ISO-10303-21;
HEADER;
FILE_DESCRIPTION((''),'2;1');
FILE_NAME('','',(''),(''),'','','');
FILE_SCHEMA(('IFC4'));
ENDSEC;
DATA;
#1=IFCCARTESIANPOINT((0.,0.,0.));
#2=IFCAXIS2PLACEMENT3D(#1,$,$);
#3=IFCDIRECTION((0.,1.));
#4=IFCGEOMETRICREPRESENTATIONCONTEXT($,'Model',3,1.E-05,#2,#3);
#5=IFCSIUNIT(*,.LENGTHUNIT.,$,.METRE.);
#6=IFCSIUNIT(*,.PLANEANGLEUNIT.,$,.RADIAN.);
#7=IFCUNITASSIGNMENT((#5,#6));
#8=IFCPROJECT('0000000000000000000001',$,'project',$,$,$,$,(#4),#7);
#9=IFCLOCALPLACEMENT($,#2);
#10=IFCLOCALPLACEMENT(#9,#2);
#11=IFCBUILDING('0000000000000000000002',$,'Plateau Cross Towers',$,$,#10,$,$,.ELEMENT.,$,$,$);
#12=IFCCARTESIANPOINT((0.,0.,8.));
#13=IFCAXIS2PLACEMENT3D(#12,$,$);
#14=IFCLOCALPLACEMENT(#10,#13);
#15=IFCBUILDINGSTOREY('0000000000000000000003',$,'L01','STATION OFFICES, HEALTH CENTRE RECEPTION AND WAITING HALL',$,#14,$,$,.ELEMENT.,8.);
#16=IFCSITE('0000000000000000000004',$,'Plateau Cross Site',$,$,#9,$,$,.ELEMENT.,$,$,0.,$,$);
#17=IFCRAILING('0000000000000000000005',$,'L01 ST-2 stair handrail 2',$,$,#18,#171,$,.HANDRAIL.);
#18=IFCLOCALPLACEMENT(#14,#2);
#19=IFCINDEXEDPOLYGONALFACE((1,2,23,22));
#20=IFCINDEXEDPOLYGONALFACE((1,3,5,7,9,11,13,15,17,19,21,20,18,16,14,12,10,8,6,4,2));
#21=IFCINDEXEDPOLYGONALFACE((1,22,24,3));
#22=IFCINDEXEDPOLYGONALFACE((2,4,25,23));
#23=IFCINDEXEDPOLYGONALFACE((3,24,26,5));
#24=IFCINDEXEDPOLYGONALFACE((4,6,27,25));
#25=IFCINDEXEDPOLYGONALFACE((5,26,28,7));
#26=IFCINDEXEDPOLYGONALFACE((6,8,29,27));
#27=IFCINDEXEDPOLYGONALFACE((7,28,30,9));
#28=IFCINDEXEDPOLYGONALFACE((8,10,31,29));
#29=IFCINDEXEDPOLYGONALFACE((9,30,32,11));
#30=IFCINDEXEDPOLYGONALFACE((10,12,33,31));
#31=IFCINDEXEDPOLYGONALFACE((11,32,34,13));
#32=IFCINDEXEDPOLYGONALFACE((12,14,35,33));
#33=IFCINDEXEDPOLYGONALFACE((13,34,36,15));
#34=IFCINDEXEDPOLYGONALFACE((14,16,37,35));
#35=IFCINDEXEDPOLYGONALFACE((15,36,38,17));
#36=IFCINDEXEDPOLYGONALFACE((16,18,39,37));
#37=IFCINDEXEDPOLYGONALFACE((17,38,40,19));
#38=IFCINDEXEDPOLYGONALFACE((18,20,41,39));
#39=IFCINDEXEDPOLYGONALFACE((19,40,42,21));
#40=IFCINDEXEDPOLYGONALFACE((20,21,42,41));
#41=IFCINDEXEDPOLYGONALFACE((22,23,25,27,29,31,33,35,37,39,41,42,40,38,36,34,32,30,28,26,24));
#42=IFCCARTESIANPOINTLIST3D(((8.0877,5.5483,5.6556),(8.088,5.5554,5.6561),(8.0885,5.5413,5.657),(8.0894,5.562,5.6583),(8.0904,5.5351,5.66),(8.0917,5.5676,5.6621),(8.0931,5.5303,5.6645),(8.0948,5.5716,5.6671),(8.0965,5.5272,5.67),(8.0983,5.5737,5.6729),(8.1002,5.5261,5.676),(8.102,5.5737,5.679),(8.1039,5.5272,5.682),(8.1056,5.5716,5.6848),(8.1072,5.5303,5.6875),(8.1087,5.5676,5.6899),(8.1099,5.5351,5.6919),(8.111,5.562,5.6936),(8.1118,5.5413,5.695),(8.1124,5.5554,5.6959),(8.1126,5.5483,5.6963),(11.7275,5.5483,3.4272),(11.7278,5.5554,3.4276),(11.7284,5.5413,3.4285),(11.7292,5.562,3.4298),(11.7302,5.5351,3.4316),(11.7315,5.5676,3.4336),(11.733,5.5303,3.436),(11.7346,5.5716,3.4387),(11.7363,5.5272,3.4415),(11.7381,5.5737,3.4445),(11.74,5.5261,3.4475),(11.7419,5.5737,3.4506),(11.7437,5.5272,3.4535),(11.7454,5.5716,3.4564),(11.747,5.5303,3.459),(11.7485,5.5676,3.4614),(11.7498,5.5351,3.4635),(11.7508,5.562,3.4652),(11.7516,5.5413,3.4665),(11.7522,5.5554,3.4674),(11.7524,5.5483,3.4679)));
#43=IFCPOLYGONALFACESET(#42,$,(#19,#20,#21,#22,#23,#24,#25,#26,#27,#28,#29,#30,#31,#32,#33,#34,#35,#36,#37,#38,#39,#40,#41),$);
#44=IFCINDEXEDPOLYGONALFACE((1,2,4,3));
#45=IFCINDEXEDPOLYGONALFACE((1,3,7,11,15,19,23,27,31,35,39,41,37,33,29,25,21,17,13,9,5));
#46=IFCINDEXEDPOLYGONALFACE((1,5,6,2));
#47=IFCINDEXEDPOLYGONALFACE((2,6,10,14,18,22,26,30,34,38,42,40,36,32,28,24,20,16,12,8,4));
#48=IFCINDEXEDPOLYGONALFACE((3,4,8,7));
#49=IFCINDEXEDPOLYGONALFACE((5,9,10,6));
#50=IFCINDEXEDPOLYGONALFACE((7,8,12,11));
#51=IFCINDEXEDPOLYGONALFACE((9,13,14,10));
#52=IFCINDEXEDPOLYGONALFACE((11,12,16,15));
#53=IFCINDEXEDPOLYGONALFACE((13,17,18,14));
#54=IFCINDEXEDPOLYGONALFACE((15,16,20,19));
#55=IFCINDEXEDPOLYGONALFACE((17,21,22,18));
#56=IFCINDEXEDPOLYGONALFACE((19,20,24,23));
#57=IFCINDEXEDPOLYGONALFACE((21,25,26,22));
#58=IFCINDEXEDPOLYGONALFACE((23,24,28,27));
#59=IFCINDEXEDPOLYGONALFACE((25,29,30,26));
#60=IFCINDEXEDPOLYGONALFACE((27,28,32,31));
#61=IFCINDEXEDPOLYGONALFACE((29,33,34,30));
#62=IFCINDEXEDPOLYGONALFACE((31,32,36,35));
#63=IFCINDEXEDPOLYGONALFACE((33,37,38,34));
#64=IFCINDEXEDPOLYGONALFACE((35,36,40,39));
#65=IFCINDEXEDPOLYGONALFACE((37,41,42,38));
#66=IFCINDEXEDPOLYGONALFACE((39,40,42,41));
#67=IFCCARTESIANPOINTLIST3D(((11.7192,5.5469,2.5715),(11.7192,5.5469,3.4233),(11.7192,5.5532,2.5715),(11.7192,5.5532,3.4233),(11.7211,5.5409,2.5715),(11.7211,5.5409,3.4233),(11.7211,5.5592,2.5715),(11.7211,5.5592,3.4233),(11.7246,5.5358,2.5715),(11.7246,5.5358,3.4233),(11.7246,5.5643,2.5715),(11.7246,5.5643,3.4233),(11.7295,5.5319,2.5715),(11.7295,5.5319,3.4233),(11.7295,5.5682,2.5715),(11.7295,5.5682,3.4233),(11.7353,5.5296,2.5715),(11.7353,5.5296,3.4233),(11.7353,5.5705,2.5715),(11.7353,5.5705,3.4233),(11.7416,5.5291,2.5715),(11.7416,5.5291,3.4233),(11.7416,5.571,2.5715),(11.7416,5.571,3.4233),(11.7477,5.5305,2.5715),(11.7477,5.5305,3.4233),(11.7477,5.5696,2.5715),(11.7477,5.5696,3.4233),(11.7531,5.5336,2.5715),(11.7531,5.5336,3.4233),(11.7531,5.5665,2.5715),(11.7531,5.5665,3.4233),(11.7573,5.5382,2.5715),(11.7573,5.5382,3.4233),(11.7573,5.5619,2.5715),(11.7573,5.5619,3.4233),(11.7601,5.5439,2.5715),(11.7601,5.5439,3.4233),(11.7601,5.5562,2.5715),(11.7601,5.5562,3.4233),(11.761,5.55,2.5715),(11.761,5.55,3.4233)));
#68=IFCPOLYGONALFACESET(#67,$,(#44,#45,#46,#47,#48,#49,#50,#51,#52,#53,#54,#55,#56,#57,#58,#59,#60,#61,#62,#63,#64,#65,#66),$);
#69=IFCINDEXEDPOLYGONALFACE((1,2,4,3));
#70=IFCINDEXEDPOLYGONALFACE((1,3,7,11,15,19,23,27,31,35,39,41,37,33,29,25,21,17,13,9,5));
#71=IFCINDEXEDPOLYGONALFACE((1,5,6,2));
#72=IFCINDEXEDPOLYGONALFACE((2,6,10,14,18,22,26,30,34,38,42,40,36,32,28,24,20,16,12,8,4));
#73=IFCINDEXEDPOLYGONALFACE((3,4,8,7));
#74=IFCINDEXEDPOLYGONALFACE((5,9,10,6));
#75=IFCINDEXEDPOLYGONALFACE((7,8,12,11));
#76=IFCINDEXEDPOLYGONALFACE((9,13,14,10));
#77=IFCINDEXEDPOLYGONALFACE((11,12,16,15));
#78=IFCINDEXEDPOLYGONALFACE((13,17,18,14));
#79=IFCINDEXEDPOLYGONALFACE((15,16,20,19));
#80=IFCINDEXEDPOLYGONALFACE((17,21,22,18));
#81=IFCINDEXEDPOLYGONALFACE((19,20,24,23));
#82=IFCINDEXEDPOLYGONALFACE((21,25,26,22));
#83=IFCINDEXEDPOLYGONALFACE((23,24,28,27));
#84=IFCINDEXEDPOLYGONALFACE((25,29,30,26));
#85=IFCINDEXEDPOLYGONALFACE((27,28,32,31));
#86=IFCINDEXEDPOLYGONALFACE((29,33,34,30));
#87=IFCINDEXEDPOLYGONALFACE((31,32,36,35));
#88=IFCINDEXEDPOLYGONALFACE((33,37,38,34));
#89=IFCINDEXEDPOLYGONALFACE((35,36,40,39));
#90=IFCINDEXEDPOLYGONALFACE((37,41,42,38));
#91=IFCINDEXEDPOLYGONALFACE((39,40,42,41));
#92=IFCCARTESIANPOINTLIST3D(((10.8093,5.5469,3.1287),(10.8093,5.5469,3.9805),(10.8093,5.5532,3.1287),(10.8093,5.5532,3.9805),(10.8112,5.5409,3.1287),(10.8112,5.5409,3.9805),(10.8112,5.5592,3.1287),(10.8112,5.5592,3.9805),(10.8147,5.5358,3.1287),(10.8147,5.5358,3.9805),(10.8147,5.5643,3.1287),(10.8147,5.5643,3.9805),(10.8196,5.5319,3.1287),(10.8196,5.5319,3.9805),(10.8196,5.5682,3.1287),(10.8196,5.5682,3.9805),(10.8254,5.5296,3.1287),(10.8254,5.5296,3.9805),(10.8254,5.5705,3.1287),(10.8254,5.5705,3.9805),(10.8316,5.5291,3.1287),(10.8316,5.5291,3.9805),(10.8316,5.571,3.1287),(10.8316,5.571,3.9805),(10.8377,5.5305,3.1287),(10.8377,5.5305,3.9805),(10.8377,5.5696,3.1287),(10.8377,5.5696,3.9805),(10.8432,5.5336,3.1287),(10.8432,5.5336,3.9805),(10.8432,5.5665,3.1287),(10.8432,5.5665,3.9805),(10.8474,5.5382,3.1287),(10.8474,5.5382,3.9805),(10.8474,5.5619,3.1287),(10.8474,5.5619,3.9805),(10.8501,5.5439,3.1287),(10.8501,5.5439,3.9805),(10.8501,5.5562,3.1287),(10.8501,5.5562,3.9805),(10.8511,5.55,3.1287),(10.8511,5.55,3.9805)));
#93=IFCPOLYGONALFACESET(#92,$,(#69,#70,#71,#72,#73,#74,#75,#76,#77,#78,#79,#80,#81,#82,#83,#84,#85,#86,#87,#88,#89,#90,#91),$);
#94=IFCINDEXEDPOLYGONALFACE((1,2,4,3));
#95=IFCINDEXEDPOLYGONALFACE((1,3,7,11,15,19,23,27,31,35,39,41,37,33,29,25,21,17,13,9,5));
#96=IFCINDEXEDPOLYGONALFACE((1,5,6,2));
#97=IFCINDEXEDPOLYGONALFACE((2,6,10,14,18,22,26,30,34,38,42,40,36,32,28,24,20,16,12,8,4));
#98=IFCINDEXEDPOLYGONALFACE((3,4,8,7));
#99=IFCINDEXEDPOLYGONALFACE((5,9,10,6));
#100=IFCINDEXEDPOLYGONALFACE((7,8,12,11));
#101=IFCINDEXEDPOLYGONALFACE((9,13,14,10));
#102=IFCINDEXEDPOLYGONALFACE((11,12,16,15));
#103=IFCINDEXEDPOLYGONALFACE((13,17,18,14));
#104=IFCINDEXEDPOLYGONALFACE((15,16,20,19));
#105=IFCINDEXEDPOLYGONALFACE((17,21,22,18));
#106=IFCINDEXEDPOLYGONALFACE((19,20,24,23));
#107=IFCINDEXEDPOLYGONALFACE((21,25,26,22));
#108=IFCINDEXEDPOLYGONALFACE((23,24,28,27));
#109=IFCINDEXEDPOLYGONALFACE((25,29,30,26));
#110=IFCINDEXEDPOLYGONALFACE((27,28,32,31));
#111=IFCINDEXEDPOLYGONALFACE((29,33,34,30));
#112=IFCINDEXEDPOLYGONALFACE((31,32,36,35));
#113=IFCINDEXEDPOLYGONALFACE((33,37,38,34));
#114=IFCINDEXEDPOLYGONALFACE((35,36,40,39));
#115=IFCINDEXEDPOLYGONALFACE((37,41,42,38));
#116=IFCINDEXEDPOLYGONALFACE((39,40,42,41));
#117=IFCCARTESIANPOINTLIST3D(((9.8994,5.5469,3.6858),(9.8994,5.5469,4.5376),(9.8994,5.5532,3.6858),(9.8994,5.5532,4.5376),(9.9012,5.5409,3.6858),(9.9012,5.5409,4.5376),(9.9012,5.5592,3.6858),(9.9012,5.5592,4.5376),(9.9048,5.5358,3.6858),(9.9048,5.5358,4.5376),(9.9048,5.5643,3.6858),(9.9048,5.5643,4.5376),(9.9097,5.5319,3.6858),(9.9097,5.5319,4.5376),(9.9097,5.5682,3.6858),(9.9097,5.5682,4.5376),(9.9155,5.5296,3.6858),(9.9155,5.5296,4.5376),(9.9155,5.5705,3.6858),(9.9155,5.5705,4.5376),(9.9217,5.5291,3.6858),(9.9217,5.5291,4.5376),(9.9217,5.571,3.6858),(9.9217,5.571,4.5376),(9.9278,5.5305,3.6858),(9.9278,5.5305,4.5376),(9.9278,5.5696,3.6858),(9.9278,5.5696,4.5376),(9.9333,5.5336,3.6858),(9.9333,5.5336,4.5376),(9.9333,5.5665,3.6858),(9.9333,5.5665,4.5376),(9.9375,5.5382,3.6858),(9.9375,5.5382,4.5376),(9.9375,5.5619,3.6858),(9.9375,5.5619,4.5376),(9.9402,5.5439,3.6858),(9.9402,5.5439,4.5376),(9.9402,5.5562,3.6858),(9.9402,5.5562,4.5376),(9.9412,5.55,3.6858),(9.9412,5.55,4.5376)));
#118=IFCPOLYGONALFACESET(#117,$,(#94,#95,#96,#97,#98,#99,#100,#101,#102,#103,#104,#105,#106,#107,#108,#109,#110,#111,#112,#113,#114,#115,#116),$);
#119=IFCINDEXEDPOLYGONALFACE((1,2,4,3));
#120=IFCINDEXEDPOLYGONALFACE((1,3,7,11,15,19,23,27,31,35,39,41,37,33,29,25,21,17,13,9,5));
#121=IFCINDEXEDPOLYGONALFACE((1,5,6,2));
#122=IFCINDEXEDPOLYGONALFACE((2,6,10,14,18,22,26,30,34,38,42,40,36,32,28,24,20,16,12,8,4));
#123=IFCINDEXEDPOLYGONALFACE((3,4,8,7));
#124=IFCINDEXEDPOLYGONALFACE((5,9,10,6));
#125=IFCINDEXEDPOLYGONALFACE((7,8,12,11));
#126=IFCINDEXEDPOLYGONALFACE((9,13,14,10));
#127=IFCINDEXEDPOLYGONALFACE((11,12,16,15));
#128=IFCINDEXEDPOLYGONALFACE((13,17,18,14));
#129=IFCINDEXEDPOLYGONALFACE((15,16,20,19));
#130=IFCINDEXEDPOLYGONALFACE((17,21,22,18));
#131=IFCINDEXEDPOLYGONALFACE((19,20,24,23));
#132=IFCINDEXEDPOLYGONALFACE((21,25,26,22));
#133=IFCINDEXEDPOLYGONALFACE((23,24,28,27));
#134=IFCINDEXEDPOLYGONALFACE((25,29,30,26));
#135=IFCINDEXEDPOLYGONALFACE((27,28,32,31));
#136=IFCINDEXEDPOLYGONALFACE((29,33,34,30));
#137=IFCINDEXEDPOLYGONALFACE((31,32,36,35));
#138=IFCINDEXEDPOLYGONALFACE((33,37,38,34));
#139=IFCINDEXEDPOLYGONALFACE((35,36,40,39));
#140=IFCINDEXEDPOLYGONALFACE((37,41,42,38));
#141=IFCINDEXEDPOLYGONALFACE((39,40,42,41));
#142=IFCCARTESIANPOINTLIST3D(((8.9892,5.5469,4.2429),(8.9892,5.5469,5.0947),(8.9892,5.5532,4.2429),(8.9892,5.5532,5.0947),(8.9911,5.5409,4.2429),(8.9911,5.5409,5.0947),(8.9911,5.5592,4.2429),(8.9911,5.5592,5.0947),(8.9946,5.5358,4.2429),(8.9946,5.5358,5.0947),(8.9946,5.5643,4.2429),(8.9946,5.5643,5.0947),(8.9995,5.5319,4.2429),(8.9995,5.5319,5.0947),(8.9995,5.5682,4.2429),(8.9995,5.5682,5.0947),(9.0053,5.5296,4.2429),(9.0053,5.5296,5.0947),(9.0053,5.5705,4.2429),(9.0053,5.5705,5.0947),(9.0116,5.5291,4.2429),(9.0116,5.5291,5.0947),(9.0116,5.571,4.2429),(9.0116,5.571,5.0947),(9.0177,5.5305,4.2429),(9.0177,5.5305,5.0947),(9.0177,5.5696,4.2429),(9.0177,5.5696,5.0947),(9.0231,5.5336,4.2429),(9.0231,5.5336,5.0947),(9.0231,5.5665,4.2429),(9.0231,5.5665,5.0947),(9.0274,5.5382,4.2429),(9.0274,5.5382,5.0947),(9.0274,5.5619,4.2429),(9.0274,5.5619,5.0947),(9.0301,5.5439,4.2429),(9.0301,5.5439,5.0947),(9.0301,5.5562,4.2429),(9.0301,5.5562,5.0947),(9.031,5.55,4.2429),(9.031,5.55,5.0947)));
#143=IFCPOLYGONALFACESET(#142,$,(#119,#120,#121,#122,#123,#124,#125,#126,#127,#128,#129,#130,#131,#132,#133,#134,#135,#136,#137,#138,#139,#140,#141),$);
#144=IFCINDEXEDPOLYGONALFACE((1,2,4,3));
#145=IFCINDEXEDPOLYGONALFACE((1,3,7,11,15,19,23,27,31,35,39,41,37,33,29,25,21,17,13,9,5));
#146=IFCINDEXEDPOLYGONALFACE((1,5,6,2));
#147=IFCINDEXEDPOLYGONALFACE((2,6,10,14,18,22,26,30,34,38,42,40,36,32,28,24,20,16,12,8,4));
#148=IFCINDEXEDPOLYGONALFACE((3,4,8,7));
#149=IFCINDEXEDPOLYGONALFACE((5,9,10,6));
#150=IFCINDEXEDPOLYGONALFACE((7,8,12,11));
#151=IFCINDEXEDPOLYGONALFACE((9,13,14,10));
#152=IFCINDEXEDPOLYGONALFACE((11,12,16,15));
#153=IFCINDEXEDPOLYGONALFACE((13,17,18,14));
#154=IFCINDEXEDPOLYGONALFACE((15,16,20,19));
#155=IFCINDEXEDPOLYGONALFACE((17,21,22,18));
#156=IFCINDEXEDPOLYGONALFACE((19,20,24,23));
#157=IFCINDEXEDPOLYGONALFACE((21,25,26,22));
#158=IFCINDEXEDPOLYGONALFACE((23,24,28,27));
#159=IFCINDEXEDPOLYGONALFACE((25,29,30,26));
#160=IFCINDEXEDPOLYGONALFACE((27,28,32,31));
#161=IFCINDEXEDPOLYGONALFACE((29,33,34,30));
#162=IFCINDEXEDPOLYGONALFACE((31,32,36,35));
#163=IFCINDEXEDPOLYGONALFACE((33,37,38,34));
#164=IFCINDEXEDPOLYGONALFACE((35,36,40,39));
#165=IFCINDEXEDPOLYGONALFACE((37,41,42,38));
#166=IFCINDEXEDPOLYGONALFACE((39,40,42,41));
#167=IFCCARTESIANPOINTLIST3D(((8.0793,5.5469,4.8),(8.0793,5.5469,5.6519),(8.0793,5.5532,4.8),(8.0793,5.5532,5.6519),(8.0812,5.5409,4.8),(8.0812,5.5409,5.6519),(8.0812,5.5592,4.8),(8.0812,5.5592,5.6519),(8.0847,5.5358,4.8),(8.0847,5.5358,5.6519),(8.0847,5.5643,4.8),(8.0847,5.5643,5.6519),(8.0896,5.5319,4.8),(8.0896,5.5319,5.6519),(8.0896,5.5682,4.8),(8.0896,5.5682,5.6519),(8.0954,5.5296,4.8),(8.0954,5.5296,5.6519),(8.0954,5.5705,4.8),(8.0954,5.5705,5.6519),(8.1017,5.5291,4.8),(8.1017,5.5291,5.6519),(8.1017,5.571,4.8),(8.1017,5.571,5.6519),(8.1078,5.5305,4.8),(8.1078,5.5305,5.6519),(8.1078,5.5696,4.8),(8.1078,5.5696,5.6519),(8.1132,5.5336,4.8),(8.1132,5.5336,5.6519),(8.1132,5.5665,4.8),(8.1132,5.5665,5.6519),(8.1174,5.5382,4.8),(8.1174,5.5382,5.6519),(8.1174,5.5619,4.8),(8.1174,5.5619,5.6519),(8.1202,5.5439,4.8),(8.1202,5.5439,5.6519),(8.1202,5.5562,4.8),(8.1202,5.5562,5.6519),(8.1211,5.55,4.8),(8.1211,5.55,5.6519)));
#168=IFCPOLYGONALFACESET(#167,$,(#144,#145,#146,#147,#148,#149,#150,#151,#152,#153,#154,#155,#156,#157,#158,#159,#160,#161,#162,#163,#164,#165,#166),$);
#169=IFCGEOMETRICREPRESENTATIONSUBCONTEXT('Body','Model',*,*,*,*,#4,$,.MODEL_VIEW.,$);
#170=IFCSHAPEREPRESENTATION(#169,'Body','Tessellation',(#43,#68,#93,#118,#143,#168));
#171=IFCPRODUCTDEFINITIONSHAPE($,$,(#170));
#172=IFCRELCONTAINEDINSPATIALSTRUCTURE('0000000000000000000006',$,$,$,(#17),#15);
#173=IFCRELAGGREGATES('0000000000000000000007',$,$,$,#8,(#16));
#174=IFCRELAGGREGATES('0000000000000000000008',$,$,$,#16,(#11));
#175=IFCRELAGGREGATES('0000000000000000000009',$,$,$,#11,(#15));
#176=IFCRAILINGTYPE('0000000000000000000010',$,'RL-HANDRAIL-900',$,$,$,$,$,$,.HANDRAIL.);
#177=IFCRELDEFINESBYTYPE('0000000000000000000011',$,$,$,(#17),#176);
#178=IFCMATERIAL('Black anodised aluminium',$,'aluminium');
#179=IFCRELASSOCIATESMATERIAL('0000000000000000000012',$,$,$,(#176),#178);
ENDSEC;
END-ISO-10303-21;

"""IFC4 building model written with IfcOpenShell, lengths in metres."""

from ifc_helpers import new_model, si_unit, direction, frame, origin, origin_2d, place, context, subcontext, project, spatial, circle, extrude, material, type_object, element, save


model = new_model("IFC4")

# Units and contexts
model_context = context("Model", 3, precision=1e-05, world=origin(), true_north=direction((0.0, 1.0)))
body_context = subcontext(model_context, "Body", "Model", "MODEL_VIEW")
ifc_project = project(units=[si_unit("LENGTHUNIT", "METRE"), si_unit("PLANEANGLEUNIT", "RADIAN")], contexts=[model_context])

# Site, building, storey
site_placement = place(None, origin())
site = spatial("IfcSite", under=ifc_project, at=site_placement, Name="Plateau Cross Site", CompositionType="ELEMENT", RefElevation=0.0)
building_placement = place(site_placement, origin())
building = spatial("IfcBuilding", under=site, at=building_placement, Name="Plateau Cross Towers", CompositionType="ELEMENT")
storey_placement = place(building_placement, frame((0.0, 0.0, 8.0)))
storey = spatial("IfcBuildingStorey", under=building, at=storey_placement, Name="L01", Description="STATION OFFICES, HEALTH CENTRE RECEPTION AND WAITING HALL", CompositionType="ELEMENT", Elevation=8.0)

# Railing
ifc_material_1 = material(Name="Black anodised aluminium", Category="aluminium")
railing_type_1 = type_object("IfcRailingType", Name="RL-HANDRAIL-900", PredefinedType="HANDRAIL", material=ifc_material_1)
railing_1_placement = place(storey_placement, frame((11.74, 5.55, 2.5715)))
element("IfcRailing", 1, at=railing_1_placement, inside=storey, type_object=railing_type_1, Name="L01 ST-2 stair handrail 2", PredefinedType="HANDRAIL", context=body_context, shape_type="SweptSolid", body=[
    extrude(circle(Radius=0.0239, at=origin_2d()), frame((0.0, 0.0, 0.876), z_axis=(-0.85285, 0.0, 0.522156), x_axis=(0.0, -1.0, 0.0)), (0.0, 0.0, 1.0), 4.2678),
    extrude(circle(Radius=0.021, at=origin_2d()), origin(), (0.0, 0.0, 1.0), 0.8518),
    extrude(circle(Radius=0.021, at=origin_2d()), frame((-0.9099, 0.0, 0.5571)), (0.0, 0.0, 1.0), 0.8518),
    extrude(circle(Radius=0.021, at=origin_2d()), frame((-1.8198, 0.0, 1.1143)), (0.0, 0.0, 1.0), 0.8518),
    extrude(circle(Radius=0.021, at=origin_2d()), frame((-2.73, 0.0, 1.6714)), (0.0, 0.0, 1.0), 0.8518),
    extrude(circle(Radius=0.021, at=origin_2d()), frame((-3.6399, 0.0, 2.2285)), (0.0, 0.0, 1.0), 0.8518),
])

save(model, "model.ifc")
